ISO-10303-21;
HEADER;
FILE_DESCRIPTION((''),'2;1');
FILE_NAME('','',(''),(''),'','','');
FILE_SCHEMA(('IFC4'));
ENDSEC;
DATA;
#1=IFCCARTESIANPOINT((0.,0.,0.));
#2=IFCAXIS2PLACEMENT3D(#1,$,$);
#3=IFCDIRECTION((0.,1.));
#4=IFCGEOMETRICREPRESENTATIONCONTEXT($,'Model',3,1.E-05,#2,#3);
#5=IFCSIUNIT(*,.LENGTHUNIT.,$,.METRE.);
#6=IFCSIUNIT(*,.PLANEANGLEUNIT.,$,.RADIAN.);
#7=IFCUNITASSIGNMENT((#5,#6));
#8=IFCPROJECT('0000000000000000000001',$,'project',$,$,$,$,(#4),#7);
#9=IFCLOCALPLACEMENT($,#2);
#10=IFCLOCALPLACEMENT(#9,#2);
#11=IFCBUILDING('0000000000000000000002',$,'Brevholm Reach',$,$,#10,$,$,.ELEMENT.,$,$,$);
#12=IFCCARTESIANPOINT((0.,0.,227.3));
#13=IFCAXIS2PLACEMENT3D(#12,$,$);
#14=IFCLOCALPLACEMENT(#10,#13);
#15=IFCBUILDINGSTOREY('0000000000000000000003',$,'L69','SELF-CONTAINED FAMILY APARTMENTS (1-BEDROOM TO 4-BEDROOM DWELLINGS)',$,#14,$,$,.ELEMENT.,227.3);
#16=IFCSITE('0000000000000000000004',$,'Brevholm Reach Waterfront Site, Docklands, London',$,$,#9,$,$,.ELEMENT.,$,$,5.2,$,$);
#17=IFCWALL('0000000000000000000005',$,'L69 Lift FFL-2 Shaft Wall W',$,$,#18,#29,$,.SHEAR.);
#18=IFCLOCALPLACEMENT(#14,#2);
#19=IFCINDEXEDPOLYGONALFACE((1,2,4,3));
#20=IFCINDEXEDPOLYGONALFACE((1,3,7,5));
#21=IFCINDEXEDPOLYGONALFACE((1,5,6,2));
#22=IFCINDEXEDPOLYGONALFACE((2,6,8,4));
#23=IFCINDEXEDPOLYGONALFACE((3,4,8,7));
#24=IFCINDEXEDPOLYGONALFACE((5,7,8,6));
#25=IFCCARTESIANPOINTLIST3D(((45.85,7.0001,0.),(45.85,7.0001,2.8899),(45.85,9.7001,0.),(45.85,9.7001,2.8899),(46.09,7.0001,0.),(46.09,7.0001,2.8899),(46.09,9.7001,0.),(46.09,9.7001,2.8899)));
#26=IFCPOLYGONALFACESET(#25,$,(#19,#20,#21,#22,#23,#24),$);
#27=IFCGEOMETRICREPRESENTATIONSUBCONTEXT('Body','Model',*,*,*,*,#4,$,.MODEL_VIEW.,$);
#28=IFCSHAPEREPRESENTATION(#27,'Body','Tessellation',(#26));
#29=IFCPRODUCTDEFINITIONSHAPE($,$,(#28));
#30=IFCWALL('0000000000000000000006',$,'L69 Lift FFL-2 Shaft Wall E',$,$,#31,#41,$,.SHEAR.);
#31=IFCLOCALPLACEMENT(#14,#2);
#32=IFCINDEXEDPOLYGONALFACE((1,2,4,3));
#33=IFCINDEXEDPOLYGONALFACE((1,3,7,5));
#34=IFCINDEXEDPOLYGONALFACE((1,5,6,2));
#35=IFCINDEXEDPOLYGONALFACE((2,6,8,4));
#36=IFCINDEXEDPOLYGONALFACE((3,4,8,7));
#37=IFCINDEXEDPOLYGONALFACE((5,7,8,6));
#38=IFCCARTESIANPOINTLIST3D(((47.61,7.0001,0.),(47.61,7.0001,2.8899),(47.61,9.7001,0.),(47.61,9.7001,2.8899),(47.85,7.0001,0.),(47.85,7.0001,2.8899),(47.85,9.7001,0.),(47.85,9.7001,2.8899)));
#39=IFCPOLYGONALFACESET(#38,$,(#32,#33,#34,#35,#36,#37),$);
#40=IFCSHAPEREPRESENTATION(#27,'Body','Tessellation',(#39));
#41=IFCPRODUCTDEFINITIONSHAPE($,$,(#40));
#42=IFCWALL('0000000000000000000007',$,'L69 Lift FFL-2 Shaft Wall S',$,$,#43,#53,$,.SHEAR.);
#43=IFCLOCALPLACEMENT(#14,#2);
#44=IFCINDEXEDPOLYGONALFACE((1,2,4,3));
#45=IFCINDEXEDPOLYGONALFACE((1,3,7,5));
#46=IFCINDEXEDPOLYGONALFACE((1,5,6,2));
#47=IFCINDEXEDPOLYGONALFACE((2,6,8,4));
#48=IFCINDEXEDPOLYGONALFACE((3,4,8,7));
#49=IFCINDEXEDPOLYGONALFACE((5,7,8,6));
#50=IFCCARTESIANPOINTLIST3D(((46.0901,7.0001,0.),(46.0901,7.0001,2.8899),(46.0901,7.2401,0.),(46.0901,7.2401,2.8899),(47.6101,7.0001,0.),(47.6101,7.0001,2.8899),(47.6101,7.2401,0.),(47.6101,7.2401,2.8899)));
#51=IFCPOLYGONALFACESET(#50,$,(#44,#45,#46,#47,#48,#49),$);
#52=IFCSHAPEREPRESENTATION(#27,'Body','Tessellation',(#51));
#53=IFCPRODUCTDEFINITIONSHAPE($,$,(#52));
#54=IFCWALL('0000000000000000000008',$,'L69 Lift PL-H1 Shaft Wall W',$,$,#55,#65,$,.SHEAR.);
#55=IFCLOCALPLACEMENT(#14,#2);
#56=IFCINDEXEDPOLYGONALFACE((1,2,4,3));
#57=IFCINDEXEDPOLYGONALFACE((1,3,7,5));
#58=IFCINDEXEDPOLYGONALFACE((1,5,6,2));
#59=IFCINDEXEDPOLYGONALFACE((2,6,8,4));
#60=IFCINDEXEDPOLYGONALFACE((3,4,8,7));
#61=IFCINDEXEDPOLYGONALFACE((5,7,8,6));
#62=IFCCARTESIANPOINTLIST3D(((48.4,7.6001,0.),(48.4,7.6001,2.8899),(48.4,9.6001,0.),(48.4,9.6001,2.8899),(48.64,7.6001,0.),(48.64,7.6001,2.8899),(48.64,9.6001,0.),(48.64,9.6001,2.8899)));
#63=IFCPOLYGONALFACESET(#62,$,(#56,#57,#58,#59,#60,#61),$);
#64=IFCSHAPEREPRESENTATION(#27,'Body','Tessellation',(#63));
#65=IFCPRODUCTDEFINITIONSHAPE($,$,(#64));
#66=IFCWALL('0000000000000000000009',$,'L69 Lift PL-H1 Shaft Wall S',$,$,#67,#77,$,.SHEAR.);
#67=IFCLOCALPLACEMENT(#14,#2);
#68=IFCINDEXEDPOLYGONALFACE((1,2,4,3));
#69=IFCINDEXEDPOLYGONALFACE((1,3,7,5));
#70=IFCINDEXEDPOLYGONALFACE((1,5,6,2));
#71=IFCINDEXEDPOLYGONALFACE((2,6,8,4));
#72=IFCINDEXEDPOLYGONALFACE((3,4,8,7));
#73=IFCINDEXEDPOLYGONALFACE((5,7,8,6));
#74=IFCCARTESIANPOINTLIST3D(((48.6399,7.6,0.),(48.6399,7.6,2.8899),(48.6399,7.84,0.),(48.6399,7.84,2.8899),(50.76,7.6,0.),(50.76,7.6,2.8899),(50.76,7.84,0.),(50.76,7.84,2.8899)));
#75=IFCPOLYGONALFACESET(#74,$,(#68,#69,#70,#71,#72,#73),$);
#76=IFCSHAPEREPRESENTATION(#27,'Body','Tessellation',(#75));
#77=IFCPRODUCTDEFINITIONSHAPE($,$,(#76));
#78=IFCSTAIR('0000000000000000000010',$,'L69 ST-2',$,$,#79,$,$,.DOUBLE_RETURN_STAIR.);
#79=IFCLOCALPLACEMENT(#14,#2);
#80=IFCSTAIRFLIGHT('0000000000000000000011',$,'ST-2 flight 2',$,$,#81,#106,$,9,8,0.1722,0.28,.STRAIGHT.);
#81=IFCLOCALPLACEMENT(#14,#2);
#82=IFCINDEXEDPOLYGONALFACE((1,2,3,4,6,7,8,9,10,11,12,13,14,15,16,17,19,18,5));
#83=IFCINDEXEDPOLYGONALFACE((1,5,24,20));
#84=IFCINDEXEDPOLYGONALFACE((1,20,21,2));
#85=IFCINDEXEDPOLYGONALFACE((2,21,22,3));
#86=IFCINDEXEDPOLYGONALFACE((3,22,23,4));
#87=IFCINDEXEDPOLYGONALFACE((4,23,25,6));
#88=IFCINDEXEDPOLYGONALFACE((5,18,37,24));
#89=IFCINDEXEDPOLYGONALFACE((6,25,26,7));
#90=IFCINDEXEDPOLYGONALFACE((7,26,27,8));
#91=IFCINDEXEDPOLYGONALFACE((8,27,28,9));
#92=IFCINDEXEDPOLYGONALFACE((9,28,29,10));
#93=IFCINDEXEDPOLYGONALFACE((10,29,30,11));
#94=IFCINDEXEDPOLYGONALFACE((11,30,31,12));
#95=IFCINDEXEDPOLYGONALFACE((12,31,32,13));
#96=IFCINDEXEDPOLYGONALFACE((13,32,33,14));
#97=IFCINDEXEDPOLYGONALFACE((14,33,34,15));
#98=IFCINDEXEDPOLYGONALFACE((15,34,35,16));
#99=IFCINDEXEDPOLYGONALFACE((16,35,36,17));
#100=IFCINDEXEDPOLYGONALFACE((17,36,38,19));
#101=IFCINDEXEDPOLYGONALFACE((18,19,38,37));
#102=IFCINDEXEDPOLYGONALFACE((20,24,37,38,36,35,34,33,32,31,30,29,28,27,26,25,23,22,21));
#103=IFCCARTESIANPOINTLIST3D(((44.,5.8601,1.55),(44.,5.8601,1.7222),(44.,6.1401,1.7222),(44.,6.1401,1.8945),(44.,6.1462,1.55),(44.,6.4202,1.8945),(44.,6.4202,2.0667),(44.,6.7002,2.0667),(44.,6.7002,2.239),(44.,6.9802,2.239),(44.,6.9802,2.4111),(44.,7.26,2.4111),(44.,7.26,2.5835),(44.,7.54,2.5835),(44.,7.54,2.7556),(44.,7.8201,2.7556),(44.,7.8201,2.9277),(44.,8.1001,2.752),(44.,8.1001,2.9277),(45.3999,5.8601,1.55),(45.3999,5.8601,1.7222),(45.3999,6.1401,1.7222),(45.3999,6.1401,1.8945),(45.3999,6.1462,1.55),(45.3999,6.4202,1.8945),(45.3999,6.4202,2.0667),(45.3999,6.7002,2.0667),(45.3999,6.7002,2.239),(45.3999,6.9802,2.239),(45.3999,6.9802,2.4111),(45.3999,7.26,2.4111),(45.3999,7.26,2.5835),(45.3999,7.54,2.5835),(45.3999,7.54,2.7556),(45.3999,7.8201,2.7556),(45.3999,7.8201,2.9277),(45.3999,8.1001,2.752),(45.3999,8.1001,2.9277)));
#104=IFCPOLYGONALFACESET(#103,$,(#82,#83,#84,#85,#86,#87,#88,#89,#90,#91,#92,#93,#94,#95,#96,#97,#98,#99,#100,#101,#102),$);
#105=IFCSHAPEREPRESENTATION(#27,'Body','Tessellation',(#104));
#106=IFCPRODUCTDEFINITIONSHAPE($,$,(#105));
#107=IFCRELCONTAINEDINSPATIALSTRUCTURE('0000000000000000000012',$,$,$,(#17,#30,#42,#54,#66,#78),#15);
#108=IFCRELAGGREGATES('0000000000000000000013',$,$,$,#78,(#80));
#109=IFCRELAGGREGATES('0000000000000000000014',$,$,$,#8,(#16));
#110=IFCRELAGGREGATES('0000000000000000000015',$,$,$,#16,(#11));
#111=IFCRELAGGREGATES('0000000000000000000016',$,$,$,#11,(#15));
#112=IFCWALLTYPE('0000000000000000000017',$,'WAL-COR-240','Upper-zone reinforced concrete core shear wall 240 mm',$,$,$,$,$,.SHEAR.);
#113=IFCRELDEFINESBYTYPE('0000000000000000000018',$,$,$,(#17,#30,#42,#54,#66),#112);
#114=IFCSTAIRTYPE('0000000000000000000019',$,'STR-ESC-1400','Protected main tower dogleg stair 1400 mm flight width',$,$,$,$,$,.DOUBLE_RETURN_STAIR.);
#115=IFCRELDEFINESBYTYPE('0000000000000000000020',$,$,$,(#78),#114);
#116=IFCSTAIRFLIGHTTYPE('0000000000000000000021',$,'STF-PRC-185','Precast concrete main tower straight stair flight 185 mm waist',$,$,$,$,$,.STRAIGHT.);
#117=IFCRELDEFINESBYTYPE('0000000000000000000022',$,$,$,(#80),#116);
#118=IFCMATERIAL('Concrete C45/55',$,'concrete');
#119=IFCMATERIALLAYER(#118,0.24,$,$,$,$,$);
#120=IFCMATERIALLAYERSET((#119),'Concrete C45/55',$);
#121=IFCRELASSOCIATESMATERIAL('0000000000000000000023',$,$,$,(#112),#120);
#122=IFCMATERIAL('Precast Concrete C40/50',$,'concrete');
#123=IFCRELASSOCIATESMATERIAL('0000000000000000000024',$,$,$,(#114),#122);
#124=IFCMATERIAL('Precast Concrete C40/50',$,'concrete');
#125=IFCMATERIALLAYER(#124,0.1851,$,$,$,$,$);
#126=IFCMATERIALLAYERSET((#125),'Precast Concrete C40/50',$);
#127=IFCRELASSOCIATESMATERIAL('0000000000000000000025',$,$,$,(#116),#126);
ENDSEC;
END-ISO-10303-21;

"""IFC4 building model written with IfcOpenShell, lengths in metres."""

from ifc_helpers import new_model, si_unit, direction, frame, frame_2d, origin, place, context, subcontext, project, spatial, polyline, rectangle, outline, extrude, material, layer, layer_set, type_object, element, aggregate, save


model = new_model("IFC4")

# Units and contexts
model_context = context("Model", 3, precision=1e-05, world=origin(), true_north=direction((0.0, 1.0)))
body_context = subcontext(model_context, "Body", "Model", "MODEL_VIEW")
ifc_project = project(units=[si_unit("LENGTHUNIT", "METRE"), si_unit("PLANEANGLEUNIT", "RADIAN")], contexts=[model_context])

# Site, building, storey
site_placement = place(None, origin())
site = spatial("IfcSite", under=ifc_project, at=site_placement, Name="Brevholm Reach Waterfront Site, Docklands, London", CompositionType="ELEMENT", RefElevation=5.2)
building_placement = place(site_placement, origin())
building = spatial("IfcBuilding", under=site, at=building_placement, Name="Brevholm Reach", CompositionType="ELEMENT")
storey_placement = place(building_placement, frame((0.0, 0.0, 227.3)))
storey = spatial("IfcBuildingStorey", under=building, at=storey_placement, Name="L69", Description="SELF-CONTAINED FAMILY APARTMENTS (1-BEDROOM TO 4-BEDROOM DWELLINGS)", CompositionType="ELEMENT", Elevation=227.3)

# Walls
ifc_material_1 = material(Name="Concrete C45/55", Category="concrete")
ifc_layer_1 = layer(ifc_material_1, 0.24)
ifc_layer_set_1 = layer_set([ifc_layer_1], Name="Concrete C45/55")
wall_type = type_object("IfcWallType", Name="WAL-COR-240", Description="Upper-zone reinforced concrete core shear wall 240 mm", PredefinedType="SHEAR", material=ifc_layer_set_1)
for number, where, z_axis, x_axis, name in (
    (1, (45.97, 7.0, 0.0), (0.0, 0.0, 1.0), (0.0, 1.0, 0.0), "L69 Lift FFL-2 Shaft Wall W"),
    (2, (47.73, 7.0, 0.0), (0.0, 0.0, 1.0), (0.0, 1.0, 0.0), "L69 Lift FFL-2 Shaft Wall E"),
):
    element("IfcWall", number, at=place(storey_placement, frame(where, z_axis=z_axis, x_axis=x_axis)), inside=storey, type_object=wall_type, Name=name, PredefinedType="SHEAR", context=body_context, shape_type="SweptSolid", body=[
        extrude(rectangle(XDim=2.7, YDim=0.24, at=frame_2d((1.3501, 0.0))), origin(), (0.0, 0.0, 1.0), 2.8899),
    ])
wall_1_placement = place(storey_placement, frame((46.0901, 7.1201, 0.0), z_axis=(0.0, 0.0, 1.0), x_axis=(1.0, 0.0, 0.0)))
element("IfcWall", 3, at=wall_1_placement, inside=storey, type_object=wall_type, Name="L69 Lift FFL-2 Shaft Wall S", PredefinedType="SHEAR", context=body_context, shape_type="SweptSolid", body=[
    extrude(rectangle(XDim=1.52, YDim=0.24, at=frame_2d((0.76, 0.0))), origin(), (0.0, 0.0, 1.0), 2.8899),
])
wall_2_placement = place(storey_placement, frame((48.52, 7.6001, 0.0), z_axis=(0.0, 0.0, 1.0), x_axis=(0.0, 1.0, 0.0)))
element("IfcWall", 4, at=wall_2_placement, inside=storey, type_object=wall_type, Name="L69 Lift PL-H1 Shaft Wall W", PredefinedType="SHEAR", context=body_context, shape_type="SweptSolid", body=[
    extrude(rectangle(XDim=2.0, YDim=0.24, at=frame_2d((1.0, 0.0))), origin(), (0.0, 0.0, 1.0), 2.8899),
])
wall_3_placement = place(storey_placement, frame((48.6399, 7.72, 0.0), z_axis=(0.0, 0.0, 1.0), x_axis=(1.0, 0.0, 0.0)))
element("IfcWall", 5, at=wall_3_placement, inside=storey, type_object=wall_type, Name="L69 Lift PL-H1 Shaft Wall S", PredefinedType="SHEAR", context=body_context, shape_type="SweptSolid", body=[
    extrude(rectangle(XDim=2.1201, YDim=0.24, at=frame_2d((1.0601, 0.0))), origin(), (0.0, 0.0, 1.0), 2.8899),
])

# Stair, stair flight
ifc_material_2 = material(Name="Precast Concrete C40/50", Category="concrete")
stair_type = type_object("IfcStairType", Name="STR-ESC-1400", Description="Protected main tower dogleg stair 1400 mm flight width", PredefinedType="DOUBLE_RETURN_STAIR", material=ifc_material_2)
stair_placement = place(storey_placement, origin())
stair = element("IfcStair", 6, at=stair_placement, inside=storey, type_object=stair_type, Name="L69 ST-2", PredefinedType="DOUBLE_RETURN_STAIR")
ifc_material_3 = material(Name="Precast Concrete C40/50", Category="concrete")
ifc_layer_2 = layer(ifc_material_3, 0.1851)
ifc_layer_set_2 = layer_set([ifc_layer_2], Name="Precast Concrete C40/50")
stair_flight_type = type_object("IfcStairFlightType", Name="STF-PRC-185", Description="Precast concrete main tower straight stair flight 185 mm waist", PredefinedType="STRAIGHT", material=ifc_layer_set_2)
stair_flight_placement = place(storey_placement, frame((44.7, 5.8601, 1.55), z_axis=(0.0, 0.0, 1.0), x_axis=(0.0, 1.0, 0.0)))
stair_flight = element("IfcStairFlight", 7, at=stair_flight_placement, type_object=stair_flight_type, Name="ST-2 flight 2", NumberOfRisers=9, NumberOfTreads=8, PredefinedType="STRAIGHT", RiserHeight=0.1722, TreadLength=0.28, context=body_context, shape_type="SweptSolid", body=[
    extrude(outline(polyline([(0.0, 0.0), (0.0, 0.1721), (0.28, 0.1721), (0.28, 0.3445), (0.5601, 0.3445), (0.5601, 0.5166), (0.8401, 0.5166), (0.8401, 0.689), (1.1201, 0.689), (1.1201, 0.8611), (1.3999, 0.8611), (1.3999, 1.0334), (1.6799, 1.0334), (1.6799, 1.2056), (1.96, 1.2056), (1.96, 1.3777), (2.24, 1.3777), (2.24, 1.55), (2.24, 1.2019), (0.2861, 0.0), (0.0, 0.0)])), frame((0.0, 0.7, 0.0), z_axis=(0.0, -1.0, 0.0), x_axis=(1.0, 0.0, 0.0)), (0.0, 0.0, 1.0), 1.3999),
])
aggregate(stair, [stair_flight])

save(model, "model.ifc")
